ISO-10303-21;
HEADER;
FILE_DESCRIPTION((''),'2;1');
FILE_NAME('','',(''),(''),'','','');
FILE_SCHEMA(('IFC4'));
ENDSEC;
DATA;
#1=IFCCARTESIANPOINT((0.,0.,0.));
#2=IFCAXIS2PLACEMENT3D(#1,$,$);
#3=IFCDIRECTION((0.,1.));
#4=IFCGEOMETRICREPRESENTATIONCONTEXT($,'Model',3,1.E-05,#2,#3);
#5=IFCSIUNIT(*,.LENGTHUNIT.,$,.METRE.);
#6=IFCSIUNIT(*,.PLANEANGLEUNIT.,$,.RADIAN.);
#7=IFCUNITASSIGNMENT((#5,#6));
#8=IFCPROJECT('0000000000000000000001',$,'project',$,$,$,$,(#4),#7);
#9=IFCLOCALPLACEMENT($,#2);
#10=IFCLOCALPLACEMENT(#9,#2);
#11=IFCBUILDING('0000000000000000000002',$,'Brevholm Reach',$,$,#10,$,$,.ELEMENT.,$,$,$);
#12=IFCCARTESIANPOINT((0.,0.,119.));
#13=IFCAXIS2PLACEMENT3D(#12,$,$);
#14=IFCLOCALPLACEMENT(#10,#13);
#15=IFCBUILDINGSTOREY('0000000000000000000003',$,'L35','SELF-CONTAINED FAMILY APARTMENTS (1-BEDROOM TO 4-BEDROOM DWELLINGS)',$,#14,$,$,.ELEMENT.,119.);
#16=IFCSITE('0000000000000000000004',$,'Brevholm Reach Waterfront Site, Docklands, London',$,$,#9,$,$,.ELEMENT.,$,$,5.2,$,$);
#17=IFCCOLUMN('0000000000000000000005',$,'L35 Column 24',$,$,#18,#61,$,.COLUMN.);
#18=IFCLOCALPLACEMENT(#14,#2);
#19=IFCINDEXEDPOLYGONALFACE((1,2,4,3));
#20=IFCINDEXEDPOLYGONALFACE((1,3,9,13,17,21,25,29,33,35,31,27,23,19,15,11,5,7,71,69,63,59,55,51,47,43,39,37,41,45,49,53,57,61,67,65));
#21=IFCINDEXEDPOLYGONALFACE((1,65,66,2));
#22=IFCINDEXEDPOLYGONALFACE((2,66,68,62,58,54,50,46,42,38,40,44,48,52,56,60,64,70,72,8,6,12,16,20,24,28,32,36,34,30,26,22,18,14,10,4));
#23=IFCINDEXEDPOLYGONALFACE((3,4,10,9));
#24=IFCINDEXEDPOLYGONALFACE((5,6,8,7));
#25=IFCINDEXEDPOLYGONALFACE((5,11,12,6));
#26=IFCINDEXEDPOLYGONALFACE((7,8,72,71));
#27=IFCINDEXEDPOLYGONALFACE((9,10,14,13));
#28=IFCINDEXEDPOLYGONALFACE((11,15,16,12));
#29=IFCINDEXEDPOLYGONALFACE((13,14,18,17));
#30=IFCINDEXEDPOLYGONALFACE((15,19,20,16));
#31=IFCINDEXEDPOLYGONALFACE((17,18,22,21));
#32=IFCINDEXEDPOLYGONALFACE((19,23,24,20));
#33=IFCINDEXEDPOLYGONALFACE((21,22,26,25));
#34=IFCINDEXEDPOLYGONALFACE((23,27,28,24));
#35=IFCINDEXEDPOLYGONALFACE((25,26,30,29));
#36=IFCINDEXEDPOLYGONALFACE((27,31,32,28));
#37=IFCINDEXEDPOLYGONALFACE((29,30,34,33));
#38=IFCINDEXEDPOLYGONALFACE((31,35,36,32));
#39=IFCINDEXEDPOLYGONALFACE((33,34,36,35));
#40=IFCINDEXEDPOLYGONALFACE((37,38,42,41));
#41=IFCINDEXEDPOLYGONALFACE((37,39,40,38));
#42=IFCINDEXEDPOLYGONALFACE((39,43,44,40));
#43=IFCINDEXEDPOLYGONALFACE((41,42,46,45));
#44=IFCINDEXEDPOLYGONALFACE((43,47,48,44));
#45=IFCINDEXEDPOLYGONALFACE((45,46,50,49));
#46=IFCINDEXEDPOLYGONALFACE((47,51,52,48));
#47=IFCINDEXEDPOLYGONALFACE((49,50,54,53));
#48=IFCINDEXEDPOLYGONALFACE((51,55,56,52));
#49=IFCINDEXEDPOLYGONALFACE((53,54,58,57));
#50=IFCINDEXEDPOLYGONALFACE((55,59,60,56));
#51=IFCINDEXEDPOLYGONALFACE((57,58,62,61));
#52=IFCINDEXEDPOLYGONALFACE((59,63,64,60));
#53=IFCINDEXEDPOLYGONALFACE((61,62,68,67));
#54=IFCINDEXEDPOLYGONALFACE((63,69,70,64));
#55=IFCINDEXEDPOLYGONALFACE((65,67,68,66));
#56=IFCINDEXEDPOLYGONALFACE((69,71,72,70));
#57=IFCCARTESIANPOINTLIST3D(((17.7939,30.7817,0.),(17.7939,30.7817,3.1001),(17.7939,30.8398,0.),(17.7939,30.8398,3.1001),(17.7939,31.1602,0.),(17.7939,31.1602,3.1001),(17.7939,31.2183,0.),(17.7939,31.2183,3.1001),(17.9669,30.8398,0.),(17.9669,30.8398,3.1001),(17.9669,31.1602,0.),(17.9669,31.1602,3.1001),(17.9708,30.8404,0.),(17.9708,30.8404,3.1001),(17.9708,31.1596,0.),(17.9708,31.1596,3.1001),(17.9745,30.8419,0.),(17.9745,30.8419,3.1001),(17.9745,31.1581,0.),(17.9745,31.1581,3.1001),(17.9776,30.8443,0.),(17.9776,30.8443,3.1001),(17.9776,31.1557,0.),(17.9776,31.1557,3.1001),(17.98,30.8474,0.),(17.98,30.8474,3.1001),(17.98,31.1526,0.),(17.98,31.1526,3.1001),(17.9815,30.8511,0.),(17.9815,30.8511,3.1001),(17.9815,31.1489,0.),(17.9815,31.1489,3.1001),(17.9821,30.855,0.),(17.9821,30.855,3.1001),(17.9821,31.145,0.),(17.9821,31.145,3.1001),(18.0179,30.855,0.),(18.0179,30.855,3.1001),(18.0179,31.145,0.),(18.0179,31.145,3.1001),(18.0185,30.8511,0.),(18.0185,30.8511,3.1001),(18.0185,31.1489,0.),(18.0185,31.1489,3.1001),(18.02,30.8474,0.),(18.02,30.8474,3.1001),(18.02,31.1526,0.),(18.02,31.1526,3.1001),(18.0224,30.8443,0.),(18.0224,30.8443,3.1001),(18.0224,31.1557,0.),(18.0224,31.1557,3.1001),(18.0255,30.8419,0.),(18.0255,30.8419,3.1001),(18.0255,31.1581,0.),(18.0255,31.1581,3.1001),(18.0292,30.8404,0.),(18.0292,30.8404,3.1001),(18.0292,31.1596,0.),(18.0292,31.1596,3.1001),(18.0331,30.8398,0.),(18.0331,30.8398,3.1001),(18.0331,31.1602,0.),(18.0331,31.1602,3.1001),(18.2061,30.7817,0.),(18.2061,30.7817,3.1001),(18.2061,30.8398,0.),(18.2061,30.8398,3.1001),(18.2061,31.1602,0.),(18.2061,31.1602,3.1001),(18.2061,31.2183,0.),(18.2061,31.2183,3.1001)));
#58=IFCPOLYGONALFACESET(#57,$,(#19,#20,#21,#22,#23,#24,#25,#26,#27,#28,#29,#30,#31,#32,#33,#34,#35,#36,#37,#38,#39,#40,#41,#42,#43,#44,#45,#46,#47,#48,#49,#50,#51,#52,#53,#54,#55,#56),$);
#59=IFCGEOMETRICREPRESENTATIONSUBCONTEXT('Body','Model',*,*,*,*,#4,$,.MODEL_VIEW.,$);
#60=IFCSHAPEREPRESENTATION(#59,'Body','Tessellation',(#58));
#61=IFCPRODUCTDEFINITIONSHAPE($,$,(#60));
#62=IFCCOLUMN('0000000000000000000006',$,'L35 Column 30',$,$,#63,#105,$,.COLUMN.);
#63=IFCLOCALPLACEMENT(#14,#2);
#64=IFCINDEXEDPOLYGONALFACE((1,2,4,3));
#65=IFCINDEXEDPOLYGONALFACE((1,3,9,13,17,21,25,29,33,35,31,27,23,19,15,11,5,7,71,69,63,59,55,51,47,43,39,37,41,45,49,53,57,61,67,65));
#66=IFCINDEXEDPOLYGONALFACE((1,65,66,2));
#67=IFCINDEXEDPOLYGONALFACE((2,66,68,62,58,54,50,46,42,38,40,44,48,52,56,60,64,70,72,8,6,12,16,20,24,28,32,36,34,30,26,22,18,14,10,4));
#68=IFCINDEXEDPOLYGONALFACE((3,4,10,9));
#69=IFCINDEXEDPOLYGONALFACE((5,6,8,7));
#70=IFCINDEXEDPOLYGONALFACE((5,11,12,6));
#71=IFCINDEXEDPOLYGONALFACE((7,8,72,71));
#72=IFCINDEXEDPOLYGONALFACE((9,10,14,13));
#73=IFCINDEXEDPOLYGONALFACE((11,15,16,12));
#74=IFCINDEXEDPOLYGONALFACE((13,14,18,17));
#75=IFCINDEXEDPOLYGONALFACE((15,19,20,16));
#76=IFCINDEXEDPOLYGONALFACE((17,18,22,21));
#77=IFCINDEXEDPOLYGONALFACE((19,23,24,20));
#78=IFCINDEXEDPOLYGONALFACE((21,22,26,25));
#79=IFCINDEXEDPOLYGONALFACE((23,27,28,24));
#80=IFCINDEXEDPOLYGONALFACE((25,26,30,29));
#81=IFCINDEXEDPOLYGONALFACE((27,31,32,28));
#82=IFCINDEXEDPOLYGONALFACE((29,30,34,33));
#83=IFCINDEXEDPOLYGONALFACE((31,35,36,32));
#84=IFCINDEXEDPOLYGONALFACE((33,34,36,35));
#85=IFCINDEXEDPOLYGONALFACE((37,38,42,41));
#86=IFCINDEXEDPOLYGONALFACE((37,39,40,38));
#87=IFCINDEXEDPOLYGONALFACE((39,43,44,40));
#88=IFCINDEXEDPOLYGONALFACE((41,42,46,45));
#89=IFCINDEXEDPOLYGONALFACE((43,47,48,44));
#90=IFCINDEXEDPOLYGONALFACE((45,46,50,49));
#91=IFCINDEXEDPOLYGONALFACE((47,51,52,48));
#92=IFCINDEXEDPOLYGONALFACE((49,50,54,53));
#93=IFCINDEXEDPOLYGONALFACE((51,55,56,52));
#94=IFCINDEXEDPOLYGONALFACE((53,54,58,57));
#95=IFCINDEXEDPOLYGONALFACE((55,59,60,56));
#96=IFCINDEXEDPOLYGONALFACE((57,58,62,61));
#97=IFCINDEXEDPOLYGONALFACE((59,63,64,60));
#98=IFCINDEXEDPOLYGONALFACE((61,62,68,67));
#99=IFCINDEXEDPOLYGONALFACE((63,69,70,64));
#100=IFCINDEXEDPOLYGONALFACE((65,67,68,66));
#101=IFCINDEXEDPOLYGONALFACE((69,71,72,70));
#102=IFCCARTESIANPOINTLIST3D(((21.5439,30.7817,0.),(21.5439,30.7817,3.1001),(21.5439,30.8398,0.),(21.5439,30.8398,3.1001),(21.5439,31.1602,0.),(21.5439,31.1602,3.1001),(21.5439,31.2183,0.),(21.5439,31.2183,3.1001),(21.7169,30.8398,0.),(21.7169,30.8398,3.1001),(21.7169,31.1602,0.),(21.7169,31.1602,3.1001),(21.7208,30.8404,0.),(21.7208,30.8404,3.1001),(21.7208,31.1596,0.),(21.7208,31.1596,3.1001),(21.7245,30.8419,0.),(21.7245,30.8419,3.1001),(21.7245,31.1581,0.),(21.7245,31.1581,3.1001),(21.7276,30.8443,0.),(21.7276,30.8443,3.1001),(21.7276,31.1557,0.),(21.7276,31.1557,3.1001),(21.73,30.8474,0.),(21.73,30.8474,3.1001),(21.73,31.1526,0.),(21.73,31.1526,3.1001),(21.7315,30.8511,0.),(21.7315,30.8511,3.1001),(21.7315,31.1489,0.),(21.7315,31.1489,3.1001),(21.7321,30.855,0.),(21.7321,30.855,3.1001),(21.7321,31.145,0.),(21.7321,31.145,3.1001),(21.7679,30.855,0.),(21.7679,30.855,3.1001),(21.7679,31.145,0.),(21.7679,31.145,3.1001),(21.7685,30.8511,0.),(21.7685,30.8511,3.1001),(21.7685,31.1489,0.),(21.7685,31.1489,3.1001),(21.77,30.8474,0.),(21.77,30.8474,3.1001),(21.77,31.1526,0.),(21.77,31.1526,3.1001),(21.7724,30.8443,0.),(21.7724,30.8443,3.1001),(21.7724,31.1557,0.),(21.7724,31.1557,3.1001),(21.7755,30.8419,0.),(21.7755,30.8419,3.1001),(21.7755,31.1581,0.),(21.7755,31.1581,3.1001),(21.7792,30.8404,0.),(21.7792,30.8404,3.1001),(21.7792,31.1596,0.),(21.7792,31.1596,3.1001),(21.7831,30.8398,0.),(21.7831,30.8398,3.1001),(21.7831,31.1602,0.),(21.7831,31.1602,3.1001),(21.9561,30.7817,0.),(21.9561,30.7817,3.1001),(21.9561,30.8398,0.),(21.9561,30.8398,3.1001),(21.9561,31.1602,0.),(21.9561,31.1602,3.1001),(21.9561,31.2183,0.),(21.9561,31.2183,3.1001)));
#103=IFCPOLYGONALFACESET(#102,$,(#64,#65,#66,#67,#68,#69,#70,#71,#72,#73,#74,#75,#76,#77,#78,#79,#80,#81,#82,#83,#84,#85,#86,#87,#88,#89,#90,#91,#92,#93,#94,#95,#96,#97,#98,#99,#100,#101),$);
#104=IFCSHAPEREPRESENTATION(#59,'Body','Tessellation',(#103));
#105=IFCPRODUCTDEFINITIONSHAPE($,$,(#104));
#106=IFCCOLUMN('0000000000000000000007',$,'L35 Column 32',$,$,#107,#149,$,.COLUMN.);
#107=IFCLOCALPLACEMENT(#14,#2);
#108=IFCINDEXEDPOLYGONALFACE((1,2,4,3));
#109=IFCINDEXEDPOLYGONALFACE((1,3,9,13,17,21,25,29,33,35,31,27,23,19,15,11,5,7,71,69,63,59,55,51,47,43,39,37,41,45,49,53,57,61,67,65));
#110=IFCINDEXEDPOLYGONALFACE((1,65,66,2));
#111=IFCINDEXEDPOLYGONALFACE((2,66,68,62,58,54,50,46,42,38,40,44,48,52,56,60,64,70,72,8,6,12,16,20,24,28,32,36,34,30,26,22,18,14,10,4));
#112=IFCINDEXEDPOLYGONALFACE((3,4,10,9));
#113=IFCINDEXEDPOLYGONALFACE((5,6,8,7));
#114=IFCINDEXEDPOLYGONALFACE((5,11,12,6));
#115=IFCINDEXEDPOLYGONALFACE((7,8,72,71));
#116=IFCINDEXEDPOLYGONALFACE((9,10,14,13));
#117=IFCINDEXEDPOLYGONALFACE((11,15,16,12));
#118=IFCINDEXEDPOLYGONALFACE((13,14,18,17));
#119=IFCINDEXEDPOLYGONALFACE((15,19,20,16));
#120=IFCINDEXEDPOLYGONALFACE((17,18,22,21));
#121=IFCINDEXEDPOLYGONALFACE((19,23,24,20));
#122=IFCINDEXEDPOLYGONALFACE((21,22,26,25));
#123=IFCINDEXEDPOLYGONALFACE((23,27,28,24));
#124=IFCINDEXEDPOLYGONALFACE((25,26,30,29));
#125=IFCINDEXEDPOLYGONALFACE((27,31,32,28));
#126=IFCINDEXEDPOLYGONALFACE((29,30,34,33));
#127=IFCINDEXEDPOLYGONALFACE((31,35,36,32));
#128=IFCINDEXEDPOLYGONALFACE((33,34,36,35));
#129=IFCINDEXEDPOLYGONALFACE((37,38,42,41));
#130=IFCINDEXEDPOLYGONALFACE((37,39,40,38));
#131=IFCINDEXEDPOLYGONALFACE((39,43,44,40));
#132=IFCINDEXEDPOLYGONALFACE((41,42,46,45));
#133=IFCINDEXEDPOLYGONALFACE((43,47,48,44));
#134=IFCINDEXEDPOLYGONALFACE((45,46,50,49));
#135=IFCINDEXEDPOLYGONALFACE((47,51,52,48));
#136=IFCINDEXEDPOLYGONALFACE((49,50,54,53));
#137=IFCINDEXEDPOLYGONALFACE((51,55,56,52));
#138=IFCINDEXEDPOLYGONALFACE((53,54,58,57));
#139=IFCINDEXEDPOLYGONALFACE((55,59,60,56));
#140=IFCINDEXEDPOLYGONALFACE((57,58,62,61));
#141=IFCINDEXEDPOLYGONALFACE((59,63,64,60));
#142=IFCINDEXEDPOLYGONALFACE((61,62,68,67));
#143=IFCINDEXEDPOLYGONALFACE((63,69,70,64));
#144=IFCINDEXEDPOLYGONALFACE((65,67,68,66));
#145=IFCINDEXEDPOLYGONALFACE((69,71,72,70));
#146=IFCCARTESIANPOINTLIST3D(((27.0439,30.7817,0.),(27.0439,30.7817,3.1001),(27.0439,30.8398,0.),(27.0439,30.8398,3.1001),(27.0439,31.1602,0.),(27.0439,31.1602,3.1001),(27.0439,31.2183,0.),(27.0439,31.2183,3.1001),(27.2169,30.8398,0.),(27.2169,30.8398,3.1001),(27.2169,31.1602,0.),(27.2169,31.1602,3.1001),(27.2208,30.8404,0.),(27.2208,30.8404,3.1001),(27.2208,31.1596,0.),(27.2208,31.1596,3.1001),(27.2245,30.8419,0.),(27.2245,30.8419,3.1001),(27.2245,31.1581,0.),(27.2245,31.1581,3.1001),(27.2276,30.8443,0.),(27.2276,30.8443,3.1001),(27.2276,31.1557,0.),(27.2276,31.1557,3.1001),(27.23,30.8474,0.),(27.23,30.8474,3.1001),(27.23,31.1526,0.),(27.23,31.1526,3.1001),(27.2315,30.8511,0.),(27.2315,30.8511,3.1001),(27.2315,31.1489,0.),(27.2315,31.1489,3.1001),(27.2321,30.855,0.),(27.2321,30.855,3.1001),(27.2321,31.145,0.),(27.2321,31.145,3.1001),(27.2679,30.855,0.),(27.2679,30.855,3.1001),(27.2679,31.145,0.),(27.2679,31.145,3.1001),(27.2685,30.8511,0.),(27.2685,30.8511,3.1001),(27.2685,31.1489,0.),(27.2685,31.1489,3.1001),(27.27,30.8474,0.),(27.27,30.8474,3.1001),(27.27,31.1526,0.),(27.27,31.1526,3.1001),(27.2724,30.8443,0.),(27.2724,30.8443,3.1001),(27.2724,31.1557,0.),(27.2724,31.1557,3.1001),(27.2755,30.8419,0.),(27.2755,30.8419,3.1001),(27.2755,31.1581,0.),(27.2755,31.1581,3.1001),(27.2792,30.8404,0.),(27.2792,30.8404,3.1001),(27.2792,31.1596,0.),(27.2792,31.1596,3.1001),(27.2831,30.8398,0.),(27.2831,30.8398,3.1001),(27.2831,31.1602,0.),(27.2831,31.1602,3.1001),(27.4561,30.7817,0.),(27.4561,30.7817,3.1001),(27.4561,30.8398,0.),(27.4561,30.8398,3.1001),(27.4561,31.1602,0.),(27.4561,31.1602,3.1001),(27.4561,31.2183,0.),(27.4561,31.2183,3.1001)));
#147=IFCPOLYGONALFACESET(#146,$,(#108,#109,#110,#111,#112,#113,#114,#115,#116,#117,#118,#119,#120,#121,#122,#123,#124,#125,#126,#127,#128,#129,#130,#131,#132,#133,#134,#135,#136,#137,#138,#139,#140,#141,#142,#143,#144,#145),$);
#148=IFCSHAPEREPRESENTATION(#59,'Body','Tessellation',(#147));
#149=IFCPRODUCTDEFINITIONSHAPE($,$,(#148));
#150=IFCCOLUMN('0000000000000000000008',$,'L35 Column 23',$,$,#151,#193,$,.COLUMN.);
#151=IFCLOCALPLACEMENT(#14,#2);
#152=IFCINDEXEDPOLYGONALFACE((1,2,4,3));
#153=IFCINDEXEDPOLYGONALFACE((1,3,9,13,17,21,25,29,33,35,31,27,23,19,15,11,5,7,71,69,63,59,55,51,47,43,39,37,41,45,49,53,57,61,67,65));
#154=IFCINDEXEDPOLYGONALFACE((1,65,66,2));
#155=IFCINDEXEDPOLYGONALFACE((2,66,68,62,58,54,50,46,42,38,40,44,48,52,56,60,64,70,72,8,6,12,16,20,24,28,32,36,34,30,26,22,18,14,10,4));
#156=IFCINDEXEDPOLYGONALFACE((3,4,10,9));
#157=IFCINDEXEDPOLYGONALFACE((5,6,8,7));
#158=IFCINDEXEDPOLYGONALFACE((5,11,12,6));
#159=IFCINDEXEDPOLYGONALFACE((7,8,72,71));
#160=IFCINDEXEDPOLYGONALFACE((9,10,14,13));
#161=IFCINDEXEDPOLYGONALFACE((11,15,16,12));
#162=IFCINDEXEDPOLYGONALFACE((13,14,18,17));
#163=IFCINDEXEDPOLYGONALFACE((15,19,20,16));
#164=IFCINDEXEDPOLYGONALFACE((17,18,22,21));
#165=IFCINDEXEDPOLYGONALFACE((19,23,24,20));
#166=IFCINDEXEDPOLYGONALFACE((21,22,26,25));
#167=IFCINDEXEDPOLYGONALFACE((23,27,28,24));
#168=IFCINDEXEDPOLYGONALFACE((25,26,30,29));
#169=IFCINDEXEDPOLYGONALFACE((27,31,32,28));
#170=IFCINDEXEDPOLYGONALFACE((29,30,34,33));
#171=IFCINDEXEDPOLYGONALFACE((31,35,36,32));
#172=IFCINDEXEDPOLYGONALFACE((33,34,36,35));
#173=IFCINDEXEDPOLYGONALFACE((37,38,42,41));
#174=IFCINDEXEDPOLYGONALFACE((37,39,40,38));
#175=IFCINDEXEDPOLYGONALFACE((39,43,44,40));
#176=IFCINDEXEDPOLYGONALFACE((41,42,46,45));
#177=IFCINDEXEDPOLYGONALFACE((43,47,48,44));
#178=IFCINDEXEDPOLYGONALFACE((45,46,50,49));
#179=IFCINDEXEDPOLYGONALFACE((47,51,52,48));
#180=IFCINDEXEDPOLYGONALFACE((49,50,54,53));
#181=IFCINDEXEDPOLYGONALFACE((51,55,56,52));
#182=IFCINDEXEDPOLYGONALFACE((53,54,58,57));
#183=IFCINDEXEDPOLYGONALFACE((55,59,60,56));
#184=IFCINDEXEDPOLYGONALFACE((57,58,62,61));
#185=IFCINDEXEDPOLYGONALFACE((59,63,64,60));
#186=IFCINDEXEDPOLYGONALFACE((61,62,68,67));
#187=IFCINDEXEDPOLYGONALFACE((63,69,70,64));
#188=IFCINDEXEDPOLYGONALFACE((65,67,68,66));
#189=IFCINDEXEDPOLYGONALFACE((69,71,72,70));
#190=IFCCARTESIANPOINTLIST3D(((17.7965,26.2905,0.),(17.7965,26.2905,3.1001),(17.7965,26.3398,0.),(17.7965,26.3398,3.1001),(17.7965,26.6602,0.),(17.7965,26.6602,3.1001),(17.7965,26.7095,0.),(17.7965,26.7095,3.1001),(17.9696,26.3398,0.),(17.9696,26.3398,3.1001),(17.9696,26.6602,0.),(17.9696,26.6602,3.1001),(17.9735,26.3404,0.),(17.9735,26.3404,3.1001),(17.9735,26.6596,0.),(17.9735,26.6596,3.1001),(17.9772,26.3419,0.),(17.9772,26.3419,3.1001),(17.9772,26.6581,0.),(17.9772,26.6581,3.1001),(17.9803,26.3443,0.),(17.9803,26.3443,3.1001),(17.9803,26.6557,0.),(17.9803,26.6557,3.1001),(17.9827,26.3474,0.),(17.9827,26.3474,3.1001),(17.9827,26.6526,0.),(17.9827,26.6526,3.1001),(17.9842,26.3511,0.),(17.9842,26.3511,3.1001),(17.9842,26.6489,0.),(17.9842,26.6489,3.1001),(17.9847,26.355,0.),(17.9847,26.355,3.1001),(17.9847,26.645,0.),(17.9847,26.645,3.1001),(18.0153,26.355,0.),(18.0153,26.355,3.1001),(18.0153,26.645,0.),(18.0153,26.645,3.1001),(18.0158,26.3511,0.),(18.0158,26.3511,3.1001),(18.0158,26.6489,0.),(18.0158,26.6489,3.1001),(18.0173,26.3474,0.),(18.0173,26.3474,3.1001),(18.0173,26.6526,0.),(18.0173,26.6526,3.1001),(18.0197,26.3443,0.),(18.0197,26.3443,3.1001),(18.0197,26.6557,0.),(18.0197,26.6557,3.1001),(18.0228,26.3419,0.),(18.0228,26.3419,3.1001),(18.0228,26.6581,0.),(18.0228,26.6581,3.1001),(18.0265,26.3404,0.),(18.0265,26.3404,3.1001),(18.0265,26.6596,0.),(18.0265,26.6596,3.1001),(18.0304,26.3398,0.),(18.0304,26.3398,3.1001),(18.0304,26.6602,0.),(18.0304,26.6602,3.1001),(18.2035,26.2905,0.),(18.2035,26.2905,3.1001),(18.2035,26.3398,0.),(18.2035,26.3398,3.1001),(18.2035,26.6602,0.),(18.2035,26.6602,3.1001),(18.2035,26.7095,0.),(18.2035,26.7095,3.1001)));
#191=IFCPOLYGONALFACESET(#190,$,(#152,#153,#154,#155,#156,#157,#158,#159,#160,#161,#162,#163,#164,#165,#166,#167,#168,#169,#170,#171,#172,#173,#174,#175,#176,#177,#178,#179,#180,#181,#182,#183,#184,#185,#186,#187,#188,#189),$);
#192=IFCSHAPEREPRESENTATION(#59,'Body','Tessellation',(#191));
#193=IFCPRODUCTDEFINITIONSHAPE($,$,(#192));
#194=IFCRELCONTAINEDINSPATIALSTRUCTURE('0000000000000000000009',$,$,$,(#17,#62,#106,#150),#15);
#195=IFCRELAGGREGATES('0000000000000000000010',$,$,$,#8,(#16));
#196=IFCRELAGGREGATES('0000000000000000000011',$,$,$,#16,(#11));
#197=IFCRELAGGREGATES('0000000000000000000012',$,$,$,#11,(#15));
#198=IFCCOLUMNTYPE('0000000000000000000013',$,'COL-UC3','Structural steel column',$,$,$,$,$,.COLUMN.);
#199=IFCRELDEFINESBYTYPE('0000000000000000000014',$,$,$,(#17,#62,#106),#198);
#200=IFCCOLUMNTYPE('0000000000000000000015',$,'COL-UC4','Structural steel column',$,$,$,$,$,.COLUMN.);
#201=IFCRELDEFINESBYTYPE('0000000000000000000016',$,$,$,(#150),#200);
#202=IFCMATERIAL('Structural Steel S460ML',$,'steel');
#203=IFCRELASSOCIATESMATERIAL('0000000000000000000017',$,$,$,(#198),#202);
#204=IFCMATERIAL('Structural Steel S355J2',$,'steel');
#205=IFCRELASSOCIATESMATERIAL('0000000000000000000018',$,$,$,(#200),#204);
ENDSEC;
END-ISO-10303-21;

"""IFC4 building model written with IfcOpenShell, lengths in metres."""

from ifc_helpers import new_model, si_unit, direction, frame, origin, origin_2d, place, context, subcontext, project, spatial, i_section, extrude, material, material_profile, profile_set, type_object, element, save


model = new_model("IFC4")

# Units and contexts
model_context = context("Model", 3, precision=1e-05, world=origin(), true_north=direction((0.0, 1.0)))
body_context = subcontext(model_context, "Body", "Model", "MODEL_VIEW")
ifc_project = project(units=[si_unit("LENGTHUNIT", "METRE"), si_unit("PLANEANGLEUNIT", "RADIAN")], contexts=[model_context])

# Site, building, storey
site_placement = place(None, origin())
site = spatial("IfcSite", under=ifc_project, at=site_placement, Name="Brevholm Reach Waterfront Site, Docklands, London", CompositionType="ELEMENT", RefElevation=5.2)
building_placement = place(site_placement, origin())
building = spatial("IfcBuilding", under=site, at=building_placement, Name="Brevholm Reach", CompositionType="ELEMENT")
storey_placement = place(building_placement, frame((0.0, 0.0, 119.0)))
storey = spatial("IfcBuildingStorey", under=building, at=storey_placement, Name="L35", Description="SELF-CONTAINED FAMILY APARTMENTS (1-BEDROOM TO 4-BEDROOM DWELLINGS)", CompositionType="ELEMENT", Elevation=119.0)

# Columns
ifc_material_1 = material(Name="Structural Steel S460ML", Category="steel")
ifc_material_profile_1 = material_profile(ifc_material_1, i_section(OverallWidth=0.4121, OverallDepth=0.4365, WebThickness=0.0359, FlangeThickness=0.0581, FilletRadius=0.0151, at=origin_2d()), Name="UKC 356x406x467")
ifc_profile_set_1 = profile_set([ifc_material_profile_1], Name="Structural Steel S460ML")
column_type_1 = type_object("IfcColumnType", Name="COL-UC3", Description="Structural steel column", PredefinedType="COLUMN", material=ifc_profile_set_1)
for number, where, z_axis, x_axis, name in (
    (1, (18.0, 31.0, 0.0), (0.0, 0.0, 1.0), (1.0, 0.0, 0.0), "L35 Column 24"),
    (2, (21.75, 31.0, 0.0), (0.0, 0.0, 1.0), (1.0, 0.0, 0.0), "L35 Column 30"),
    (3, (27.25, 31.0, 0.0), (0.0, 0.0, 1.0), (1.0, 0.0, 0.0), "L35 Column 32"),
):
    element("IfcColumn", number, at=place(storey_placement, frame(where, z_axis=z_axis, x_axis=x_axis)), inside=storey, type_object=column_type_1, Name=name, PredefinedType="COLUMN", context=body_context, shape_type="SweptSolid", body=[
        extrude(i_section(OverallWidth=0.4121, OverallDepth=0.4365, WebThickness=0.0359, FlangeThickness=0.0581, FilletRadius=0.0151, at=origin_2d()), origin(), (0.0, 0.0, 1.0), 3.1001),
    ])
ifc_material_2 = material(Name="Structural Steel S355J2", Category="steel")
ifc_material_profile_2 = material_profile(ifc_material_2, i_section(OverallWidth=0.407, OverallDepth=0.4189, WebThickness=0.0305, FlangeThickness=0.0493, FilletRadius=0.0151, at=origin_2d()), Name="UKC 356x406x393")
ifc_profile_set_2 = profile_set([ifc_material_profile_2], Name="Structural Steel S355J2")
column_type_2 = type_object("IfcColumnType", Name="COL-UC4", Description="Structural steel column", PredefinedType="COLUMN", material=ifc_profile_set_2)
for number, where, z_axis, x_axis, name in (
    (4, (18.0, 26.5, 0.0), (0.0, 0.0, 1.0), (1.0, 0.0, 0.0), "L35 Column 23"),
):
    element("IfcColumn", number, at=place(storey_placement, frame(where, z_axis=z_axis, x_axis=x_axis)), inside=storey, type_object=column_type_2, Name=name, PredefinedType="COLUMN", context=body_context, shape_type="SweptSolid", body=[
        extrude(i_section(OverallWidth=0.407, OverallDepth=0.4189, WebThickness=0.0305, FlangeThickness=0.0493, FilletRadius=0.0151, at=origin_2d()), origin(), (0.0, 0.0, 1.0), 3.1001),
    ])

save(model, "model.ifc")
